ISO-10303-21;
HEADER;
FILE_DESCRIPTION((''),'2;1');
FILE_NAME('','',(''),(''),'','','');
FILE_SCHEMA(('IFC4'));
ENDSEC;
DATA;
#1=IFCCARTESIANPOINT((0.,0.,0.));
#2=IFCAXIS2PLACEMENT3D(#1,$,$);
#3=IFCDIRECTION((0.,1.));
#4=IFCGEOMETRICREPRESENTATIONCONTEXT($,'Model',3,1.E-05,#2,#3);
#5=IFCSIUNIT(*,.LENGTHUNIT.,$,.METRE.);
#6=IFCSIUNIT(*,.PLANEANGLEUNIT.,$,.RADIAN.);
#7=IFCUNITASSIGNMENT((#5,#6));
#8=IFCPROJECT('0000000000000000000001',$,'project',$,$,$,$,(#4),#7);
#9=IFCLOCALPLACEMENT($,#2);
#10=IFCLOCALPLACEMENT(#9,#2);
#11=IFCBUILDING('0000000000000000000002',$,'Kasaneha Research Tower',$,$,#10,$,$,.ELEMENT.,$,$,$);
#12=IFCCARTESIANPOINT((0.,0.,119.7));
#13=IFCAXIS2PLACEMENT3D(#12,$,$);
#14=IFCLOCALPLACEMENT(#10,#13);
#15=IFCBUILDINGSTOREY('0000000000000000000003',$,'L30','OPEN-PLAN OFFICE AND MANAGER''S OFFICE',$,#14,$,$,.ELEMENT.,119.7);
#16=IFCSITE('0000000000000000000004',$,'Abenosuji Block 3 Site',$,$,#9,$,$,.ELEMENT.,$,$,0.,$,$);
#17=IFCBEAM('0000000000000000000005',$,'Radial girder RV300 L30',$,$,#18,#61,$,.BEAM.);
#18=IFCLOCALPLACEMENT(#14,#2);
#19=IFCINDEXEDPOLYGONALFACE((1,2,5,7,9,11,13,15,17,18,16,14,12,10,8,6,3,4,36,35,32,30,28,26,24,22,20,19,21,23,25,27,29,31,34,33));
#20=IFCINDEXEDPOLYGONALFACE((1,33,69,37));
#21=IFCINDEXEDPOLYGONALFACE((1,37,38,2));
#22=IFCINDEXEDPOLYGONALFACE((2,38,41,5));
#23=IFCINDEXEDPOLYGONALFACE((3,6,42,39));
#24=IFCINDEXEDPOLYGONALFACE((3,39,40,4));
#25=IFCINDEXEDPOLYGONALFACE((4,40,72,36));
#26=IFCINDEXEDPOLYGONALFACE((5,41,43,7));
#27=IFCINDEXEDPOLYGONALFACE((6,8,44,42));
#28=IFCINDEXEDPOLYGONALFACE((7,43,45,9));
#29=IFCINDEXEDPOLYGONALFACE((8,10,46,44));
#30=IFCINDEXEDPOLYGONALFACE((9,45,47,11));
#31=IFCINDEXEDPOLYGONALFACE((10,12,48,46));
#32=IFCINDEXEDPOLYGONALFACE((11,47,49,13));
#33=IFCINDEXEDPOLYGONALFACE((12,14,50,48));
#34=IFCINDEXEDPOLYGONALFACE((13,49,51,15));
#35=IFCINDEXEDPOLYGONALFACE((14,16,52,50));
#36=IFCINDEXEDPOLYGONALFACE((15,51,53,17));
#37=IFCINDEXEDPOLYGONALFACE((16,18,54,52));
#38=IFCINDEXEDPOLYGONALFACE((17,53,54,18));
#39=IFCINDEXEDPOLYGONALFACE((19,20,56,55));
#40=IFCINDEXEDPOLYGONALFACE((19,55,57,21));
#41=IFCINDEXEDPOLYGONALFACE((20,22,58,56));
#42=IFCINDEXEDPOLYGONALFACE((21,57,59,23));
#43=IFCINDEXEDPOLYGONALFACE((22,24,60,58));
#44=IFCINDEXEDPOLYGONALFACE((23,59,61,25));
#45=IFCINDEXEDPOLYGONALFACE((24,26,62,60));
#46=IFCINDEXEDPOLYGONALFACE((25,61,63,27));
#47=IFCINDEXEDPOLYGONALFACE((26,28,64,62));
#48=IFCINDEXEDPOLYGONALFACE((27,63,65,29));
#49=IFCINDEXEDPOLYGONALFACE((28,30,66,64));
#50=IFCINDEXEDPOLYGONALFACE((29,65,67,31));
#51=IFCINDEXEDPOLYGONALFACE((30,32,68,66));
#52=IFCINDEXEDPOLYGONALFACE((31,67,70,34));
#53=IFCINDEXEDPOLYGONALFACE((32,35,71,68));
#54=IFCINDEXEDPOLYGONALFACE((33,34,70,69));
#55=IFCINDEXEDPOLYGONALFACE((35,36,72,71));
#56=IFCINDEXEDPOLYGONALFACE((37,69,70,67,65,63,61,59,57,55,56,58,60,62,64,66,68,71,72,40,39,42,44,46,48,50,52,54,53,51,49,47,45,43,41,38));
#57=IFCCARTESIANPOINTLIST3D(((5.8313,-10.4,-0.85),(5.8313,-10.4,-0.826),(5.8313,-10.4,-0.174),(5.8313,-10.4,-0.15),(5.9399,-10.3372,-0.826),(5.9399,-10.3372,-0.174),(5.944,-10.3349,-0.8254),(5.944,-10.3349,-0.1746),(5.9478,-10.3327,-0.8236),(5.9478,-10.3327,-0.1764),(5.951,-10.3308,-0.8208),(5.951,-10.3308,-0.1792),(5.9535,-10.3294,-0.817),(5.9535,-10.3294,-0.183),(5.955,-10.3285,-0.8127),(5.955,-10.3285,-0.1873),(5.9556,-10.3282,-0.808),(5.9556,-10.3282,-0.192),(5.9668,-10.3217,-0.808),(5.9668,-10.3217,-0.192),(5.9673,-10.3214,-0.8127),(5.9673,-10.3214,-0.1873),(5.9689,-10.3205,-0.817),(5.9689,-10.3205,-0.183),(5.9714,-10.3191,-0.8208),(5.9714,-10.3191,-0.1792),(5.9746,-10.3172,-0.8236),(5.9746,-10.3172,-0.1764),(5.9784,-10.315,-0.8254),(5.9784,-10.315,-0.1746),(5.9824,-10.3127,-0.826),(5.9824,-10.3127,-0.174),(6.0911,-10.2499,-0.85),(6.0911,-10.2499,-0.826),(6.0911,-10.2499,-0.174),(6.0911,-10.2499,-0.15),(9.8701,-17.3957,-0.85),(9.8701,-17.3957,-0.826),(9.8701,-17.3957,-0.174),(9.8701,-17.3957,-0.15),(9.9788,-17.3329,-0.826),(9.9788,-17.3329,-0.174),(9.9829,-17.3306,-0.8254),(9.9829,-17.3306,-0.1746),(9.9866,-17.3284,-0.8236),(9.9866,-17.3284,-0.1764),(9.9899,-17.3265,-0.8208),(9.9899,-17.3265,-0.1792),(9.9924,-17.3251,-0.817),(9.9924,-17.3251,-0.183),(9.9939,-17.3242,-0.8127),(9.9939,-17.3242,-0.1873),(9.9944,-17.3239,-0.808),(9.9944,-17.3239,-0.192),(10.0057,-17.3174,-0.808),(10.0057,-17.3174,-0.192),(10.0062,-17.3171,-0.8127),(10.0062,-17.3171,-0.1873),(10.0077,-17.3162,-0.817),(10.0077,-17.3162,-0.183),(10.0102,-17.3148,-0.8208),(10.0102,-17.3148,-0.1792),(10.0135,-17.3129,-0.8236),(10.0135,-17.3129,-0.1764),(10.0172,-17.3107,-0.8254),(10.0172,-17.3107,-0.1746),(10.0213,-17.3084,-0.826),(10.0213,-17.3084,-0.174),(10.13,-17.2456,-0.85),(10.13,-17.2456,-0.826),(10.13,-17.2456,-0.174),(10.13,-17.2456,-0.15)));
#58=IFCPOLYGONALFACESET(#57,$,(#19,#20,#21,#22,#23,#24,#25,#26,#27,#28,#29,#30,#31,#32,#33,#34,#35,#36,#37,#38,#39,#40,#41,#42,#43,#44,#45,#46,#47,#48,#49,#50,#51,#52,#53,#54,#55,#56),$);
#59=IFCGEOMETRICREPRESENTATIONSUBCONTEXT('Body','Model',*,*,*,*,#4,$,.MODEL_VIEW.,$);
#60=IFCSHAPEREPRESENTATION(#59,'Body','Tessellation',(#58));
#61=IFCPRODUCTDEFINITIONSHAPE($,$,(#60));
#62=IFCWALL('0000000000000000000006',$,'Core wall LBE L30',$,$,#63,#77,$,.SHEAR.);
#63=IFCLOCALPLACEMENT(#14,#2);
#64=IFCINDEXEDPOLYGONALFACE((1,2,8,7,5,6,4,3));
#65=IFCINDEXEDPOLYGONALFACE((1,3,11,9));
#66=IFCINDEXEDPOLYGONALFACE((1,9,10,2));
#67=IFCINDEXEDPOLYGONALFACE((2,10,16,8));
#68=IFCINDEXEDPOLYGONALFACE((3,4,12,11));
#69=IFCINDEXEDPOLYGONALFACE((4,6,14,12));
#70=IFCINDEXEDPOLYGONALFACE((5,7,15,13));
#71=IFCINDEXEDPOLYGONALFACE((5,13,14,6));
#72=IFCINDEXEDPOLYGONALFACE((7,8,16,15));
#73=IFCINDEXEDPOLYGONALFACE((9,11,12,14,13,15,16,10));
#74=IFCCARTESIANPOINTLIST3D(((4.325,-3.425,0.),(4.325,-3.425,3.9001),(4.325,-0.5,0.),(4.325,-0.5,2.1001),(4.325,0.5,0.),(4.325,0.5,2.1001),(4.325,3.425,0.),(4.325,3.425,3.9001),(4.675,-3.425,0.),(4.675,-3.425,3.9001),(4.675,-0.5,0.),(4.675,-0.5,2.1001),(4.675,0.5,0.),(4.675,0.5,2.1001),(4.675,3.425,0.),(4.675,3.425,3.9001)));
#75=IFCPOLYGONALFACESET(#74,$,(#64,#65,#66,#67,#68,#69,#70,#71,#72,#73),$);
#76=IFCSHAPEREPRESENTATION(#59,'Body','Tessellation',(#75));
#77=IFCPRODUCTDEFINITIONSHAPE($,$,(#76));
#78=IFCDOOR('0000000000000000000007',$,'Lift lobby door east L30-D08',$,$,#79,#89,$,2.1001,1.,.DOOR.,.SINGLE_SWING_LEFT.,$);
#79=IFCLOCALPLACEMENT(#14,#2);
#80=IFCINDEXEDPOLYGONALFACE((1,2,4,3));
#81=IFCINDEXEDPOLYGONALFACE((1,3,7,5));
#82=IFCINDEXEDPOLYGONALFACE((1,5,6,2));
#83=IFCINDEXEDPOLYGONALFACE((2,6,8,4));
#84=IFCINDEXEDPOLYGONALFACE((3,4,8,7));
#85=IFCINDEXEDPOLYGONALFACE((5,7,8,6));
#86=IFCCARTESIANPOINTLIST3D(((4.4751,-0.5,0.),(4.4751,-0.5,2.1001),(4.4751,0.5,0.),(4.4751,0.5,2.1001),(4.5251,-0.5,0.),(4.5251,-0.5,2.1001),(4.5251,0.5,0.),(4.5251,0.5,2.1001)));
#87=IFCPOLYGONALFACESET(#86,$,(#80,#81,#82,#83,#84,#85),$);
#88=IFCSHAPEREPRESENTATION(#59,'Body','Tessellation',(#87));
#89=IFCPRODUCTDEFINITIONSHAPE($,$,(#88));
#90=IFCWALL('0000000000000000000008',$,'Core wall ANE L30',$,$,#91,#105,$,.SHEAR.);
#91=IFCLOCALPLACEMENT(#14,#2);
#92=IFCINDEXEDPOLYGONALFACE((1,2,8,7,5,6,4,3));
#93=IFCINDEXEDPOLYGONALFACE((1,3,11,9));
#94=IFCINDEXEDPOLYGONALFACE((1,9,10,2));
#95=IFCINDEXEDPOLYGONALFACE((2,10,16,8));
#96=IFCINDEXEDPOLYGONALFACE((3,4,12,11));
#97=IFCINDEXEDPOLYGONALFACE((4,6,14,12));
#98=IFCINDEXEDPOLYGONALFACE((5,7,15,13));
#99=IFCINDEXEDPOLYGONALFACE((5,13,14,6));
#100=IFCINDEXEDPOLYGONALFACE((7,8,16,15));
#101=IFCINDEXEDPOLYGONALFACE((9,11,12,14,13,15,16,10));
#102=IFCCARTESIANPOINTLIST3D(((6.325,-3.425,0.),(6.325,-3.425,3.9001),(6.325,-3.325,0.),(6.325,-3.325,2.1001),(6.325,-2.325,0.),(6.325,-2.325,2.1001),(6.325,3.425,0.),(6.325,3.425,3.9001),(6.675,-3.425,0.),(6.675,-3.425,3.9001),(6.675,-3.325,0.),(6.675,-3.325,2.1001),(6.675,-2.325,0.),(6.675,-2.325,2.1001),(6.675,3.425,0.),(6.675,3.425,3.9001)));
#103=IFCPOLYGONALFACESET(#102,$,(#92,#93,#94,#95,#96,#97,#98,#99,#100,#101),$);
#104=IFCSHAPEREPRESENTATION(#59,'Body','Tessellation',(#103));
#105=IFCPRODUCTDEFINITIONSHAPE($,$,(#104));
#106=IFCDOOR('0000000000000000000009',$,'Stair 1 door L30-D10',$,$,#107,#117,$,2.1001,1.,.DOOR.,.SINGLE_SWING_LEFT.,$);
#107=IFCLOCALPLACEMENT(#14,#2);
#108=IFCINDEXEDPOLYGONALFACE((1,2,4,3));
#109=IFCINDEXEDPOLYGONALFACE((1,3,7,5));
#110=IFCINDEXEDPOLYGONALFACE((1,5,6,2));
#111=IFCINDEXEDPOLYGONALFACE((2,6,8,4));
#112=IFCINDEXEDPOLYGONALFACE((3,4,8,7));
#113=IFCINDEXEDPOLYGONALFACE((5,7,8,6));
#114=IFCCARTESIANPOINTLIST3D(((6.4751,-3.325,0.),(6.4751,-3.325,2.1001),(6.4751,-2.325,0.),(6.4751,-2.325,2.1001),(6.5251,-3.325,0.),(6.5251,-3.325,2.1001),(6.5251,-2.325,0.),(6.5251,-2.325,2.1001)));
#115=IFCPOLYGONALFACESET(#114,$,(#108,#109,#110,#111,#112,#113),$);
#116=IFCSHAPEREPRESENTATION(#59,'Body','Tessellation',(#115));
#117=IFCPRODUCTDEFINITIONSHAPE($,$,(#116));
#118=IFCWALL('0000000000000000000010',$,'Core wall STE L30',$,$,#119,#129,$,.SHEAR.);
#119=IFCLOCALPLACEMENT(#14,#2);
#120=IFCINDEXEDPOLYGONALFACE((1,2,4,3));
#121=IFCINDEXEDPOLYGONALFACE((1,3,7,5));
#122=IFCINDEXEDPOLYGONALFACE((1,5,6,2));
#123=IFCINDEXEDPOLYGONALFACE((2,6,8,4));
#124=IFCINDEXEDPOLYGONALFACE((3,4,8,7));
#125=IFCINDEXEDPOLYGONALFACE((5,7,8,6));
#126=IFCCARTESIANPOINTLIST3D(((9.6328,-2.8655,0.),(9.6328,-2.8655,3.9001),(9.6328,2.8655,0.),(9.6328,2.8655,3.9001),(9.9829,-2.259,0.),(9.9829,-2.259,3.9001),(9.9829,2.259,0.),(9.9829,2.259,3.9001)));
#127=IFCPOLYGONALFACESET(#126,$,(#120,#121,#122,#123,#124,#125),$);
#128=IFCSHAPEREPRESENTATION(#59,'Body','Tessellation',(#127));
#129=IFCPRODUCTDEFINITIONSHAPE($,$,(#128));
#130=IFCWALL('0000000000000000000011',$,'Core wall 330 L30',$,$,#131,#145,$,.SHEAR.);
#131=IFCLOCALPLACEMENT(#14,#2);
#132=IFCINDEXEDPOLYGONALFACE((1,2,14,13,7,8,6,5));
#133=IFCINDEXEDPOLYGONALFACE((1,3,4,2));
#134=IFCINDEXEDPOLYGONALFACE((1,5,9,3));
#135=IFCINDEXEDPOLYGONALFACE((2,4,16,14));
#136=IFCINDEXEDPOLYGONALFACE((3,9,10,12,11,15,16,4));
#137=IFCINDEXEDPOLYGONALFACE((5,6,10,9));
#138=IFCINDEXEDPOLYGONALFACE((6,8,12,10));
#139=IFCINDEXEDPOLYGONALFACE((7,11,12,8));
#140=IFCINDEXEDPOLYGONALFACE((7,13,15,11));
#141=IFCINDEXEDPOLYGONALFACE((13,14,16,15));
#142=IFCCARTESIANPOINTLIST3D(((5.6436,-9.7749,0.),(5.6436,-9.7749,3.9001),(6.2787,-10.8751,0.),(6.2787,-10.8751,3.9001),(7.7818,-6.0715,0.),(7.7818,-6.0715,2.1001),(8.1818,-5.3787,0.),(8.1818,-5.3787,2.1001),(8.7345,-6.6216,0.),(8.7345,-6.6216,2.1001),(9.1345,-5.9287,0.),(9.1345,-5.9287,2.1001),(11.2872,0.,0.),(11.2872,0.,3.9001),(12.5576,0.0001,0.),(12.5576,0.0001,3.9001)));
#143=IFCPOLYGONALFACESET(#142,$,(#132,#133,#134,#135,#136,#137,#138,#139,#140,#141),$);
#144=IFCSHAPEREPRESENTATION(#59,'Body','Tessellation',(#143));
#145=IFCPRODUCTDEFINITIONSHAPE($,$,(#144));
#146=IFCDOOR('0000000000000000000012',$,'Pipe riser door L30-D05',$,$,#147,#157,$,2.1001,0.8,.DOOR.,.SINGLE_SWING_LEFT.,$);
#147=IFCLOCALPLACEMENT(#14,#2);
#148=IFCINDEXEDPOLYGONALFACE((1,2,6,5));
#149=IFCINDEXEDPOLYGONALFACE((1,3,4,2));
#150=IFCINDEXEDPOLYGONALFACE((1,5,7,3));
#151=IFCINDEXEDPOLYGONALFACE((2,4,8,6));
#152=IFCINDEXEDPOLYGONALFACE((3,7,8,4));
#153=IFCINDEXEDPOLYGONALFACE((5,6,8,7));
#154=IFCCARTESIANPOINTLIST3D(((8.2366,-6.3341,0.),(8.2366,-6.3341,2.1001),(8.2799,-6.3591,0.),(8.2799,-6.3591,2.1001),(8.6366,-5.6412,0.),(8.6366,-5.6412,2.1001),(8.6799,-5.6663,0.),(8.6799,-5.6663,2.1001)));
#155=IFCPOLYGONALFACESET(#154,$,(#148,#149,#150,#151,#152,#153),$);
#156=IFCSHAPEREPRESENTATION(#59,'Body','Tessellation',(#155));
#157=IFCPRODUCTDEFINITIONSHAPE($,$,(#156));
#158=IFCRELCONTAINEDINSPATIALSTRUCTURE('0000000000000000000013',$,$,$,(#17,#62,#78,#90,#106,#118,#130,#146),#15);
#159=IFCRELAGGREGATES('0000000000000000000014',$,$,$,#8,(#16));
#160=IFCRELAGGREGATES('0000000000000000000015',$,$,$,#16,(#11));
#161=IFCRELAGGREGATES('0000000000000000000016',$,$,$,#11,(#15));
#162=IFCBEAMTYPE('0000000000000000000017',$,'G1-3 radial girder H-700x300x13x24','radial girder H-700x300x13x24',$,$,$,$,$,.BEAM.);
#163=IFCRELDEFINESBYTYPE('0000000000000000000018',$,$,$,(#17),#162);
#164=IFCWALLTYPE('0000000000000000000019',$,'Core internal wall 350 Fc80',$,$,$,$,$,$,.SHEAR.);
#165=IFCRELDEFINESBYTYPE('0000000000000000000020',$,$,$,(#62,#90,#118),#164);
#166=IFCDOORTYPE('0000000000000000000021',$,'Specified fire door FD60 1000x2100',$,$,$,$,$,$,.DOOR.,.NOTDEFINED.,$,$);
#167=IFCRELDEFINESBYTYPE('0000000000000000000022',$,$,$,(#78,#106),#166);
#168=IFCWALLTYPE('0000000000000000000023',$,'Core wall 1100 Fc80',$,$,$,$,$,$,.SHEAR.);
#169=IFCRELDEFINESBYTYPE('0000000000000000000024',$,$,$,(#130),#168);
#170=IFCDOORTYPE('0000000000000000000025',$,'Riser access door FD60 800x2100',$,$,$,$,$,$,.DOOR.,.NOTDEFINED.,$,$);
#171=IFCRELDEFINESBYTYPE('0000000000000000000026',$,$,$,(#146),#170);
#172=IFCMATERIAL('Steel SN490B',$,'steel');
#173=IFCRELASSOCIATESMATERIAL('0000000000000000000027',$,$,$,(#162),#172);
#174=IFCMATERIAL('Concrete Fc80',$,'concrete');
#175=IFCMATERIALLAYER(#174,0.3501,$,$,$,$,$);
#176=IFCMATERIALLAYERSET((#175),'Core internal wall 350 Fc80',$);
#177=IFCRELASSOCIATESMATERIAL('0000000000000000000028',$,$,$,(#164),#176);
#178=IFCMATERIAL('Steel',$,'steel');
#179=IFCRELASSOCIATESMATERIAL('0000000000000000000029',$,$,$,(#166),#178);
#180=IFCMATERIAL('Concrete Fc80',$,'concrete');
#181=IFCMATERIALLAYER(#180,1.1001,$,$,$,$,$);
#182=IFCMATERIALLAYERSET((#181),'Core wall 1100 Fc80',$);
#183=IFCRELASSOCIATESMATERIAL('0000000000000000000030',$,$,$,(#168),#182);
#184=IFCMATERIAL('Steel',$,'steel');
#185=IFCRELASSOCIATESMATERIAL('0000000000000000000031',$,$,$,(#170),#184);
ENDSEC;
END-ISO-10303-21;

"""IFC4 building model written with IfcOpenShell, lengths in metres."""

from ifc_helpers import new_model, si_unit, direction, frame, frame_2d, origin, origin_2d, place, context, subcontext, project, spatial, polyline, rectangle, i_section, outline, extrude, material, layer, layer_set, material_profile, profile_set, type_object, element, fill, save


model = new_model("IFC4")

# Units and contexts
model_context = context("Model", 3, precision=1e-05, world=origin(), true_north=direction((0.0, 1.0)))
body_context = subcontext(model_context, "Body", "Model", "MODEL_VIEW")
ifc_project = project(units=[si_unit("LENGTHUNIT", "METRE"), si_unit("PLANEANGLEUNIT", "RADIAN")], contexts=[model_context])

# Site, building, storey
site_placement = place(None, origin())
site = spatial("IfcSite", under=ifc_project, at=site_placement, Name="Abenosuji Block 3 Site", CompositionType="ELEMENT", RefElevation=0.0)
building_placement = place(site_placement, origin())
building = spatial("IfcBuilding", under=site, at=building_placement, Name="Kasaneha Research Tower", CompositionType="ELEMENT")
storey_placement = place(building_placement, frame((0.0, 0.0, 119.7)))
storey = spatial("IfcBuildingStorey", under=building, at=storey_placement, Name="L30", Description="OPEN-PLAN OFFICE AND MANAGER'S OFFICE", CompositionType="ELEMENT", Elevation=119.7)

# Beam
ifc_material_1 = material(Name="Steel SN490B", Category="steel")
ifc_material_profile_1 = material_profile(ifc_material_1, i_section(OverallWidth=0.3, OverallDepth=0.7, WebThickness=0.0129, FlangeThickness=0.0239, FilletRadius=0.0181, at=origin_2d()), Name="H-700x300x13x24")
ifc_profile_set_1 = profile_set([ifc_material_profile_1], Name="Steel SN490B")
beam_type_1 = type_object("IfcBeamType", Name="G1-3 radial girder H-700x300x13x24", Description="radial girder H-700x300x13x24", PredefinedType="BEAM", material=ifc_profile_set_1)
beam_1_placement = place(storey_placement, frame((5.9612, -10.325, -0.5), z_axis=(0.499991, -0.866031, 0.0), x_axis=(0.866031, 0.499991, 0.0)))
element("IfcBeam", 1, at=beam_1_placement, inside=storey, type_object=beam_type_1, Name="Radial girder RV300 L30", PredefinedType="BEAM", context=body_context, shape_type="SweptSolid", body=[
    extrude(i_section(OverallWidth=0.3, OverallDepth=0.7, WebThickness=0.0129, FlangeThickness=0.0239, FilletRadius=0.0181, at=origin_2d()), origin(), (0.0, 0.0, 1.0), 8.0779),
])

# Walls, openings, doors
ifc_material_2 = material(Name="Concrete Fc80", Category="concrete")
ifc_layer_1 = layer(ifc_material_2, 0.3501)
ifc_layer_set_1 = layer_set([ifc_layer_1], Name="Core internal wall 350 Fc80")
wall_type_1 = type_object("IfcWallType", Name="Core internal wall 350 Fc80", PredefinedType="SHEAR", material=ifc_layer_set_1)
wall_1_placement = place(storey_placement, frame((4.5, -3.425, 0.0), z_axis=(0.0, 0.0, 1.0), x_axis=(0.0, 1.0, 0.0)))
wall_1 = element("IfcWall", 2, at=wall_1_placement, inside=storey, type_object=wall_type_1, Name="Core wall LBE L30", PredefinedType="SHEAR", context=body_context, shape_type="SweptSolid", body=[
    extrude(rectangle(XDim=6.8501, YDim=0.3501, at=frame_2d((3.425, 0.0))), origin(), (0.0, 0.0, 1.0), 3.9001),
])
opening_1_placement = place(wall_1_placement, frame((2.925, 0.0, 0.0)))
opening_1 = element("IfcOpeningElement", 3, at=opening_1_placement, cuts=wall_1, PredefinedType="OPENING", context=body_context, shape_type="SweptSolid", body=[
    extrude(rectangle(XDim=1.0, YDim=2.1001, at=frame_2d((0.5, 1.05))), frame((0.0, 0.1851, 0.0), z_axis=(0.0, -1.0, 0.0), x_axis=(1.0, 0.0, 0.0)), (0.0, 0.0, 1.0), 0.3701),
])
ifc_material_3 = material(Name="Steel", Category="steel")
door_type_1 = type_object("IfcDoorType", Name="Specified fire door FD60 1000x2100", OperationType="NOTDEFINED", PredefinedType="DOOR", material=ifc_material_3)
door_1_placement = place(opening_1_placement, origin())
door_1 = element("IfcDoor", 4, at=door_1_placement, inside=storey, type_object=door_type_1, Name="Lift lobby door east L30-D08", OperationType="SINGLE_SWING_LEFT", OverallHeight=2.1001, OverallWidth=1.0, PredefinedType="DOOR", context=body_context, shape_type="SweptSolid", body=[
    extrude(rectangle(XDim=1.0, YDim=2.1001, at=frame_2d((0.5, 1.05))), frame((0.0, 0.0249, 0.0), z_axis=(0.0, -1.0, 0.0), x_axis=(1.0, 0.0, 0.0)), (0.0, 0.0, 1.0), 0.05),
])
fill(opening_1, door_1)
wall_2_placement = place(storey_placement, frame((6.5, -3.425, 0.0), z_axis=(0.0, 0.0, 1.0), x_axis=(0.0, 1.0, 0.0)))
wall_2 = element("IfcWall", 5, at=wall_2_placement, inside=storey, type_object=wall_type_1, Name="Core wall ANE L30", PredefinedType="SHEAR", context=body_context, shape_type="SweptSolid", body=[
    extrude(rectangle(XDim=6.8501, YDim=0.3501, at=frame_2d((3.425, 0.0))), origin(), (0.0, 0.0, 1.0), 3.9001),
])
opening_2_placement = place(wall_2_placement, frame((0.1001, 0.0, 0.0)))
opening_2 = element("IfcOpeningElement", 6, at=opening_2_placement, cuts=wall_2, PredefinedType="OPENING", context=body_context, shape_type="SweptSolid", body=[
    extrude(rectangle(XDim=1.0, YDim=2.1001, at=frame_2d((0.5, 1.05))), frame((0.0, 0.1851, 0.0), z_axis=(0.0, -1.0, 0.0), x_axis=(1.0, 0.0, 0.0)), (0.0, 0.0, 1.0), 0.3701),
])
door_2_placement = place(opening_2_placement, origin())
door_2 = element("IfcDoor", 7, at=door_2_placement, inside=storey, type_object=door_type_1, Name="Stair 1 door L30-D10", OperationType="SINGLE_SWING_LEFT", OverallHeight=2.1001, OverallWidth=1.0, PredefinedType="DOOR", context=body_context, shape_type="SweptSolid", body=[
    extrude(rectangle(XDim=1.0, YDim=2.1001, at=frame_2d((0.5, 1.05))), frame((0.0, 0.0249, 0.0), z_axis=(0.0, -1.0, 0.0), x_axis=(1.0, 0.0, 0.0)), (0.0, 0.0, 1.0), 0.05),
])
fill(opening_2, door_2)

# Wall
wall_3_placement = place(storey_placement, frame((9.8079, -2.5623, 0.0), z_axis=(0.0, 0.0, 1.0), x_axis=(0.0, 1.0, 0.0)))
element("IfcWall", 8, at=wall_3_placement, inside=storey, type_object=wall_type_1, Name="Core wall STE L30", PredefinedType="SHEAR", context=body_context, shape_type="SweptSolid", body=[
    extrude(outline(polyline([(0.3032, -0.175), (4.8213, -0.175), (5.4277, 0.175), (-0.3032, 0.175), (0.3032, -0.175)])), origin(), (0.0, 0.0, 1.0), 3.9001),
])

# Wall, opening, door
ifc_material_4 = material(Name="Concrete Fc80", Category="concrete")
ifc_layer_2 = layer(ifc_material_4, 1.1001)
ifc_layer_set_2 = layer_set([ifc_layer_2], Name="Core wall 1100 Fc80")
wall_type_2 = type_object("IfcWallType", Name="Core wall 1100 Fc80", PredefinedType="SHEAR", material=ifc_layer_set_2)
wall_4_placement = place(storey_placement, frame((5.9612, -10.325, 0.0), z_axis=(0.0, 0.0, 1.0), x_axis=(0.500004, 0.866023, 0.0)))
wall_4 = element("IfcWall", 9, at=wall_4_placement, inside=storey, type_object=wall_type_2, Name="Core wall 330 L30", PredefinedType="SHEAR", context=body_context, shape_type="SweptSolid", body=[
    extrude(outline(polyline([(-0.3176, -0.55), (4.594, -0.55), (5.394, -0.55), (12.24, -0.55), (11.6047, 0.55), (5.394, 0.55), (4.594, 0.55), (0.3176, 0.55), (-0.3176, -0.55)])), origin(), (0.0, 0.0, 1.0), 3.9001),
])
opening_3_placement = place(wall_4_placement, frame((4.594, 0.0, 0.0)))
opening_3 = element("IfcOpeningElement", 10, at=opening_3_placement, cuts=wall_4, PredefinedType="OPENING", context=body_context, shape_type="SweptSolid", body=[
    extrude(rectangle(XDim=0.8, YDim=2.1001, at=frame_2d((0.3999, 1.05))), frame((0.0, 0.5601, 0.0), z_axis=(0.0, -1.0, 0.0), x_axis=(1.0, 0.0, 0.0)), (0.0, 0.0, 1.0), 1.1201),
])
ifc_material_5 = material(Name="Steel", Category="steel")
door_type_2 = type_object("IfcDoorType", Name="Riser access door FD60 800x2100", OperationType="NOTDEFINED", PredefinedType="DOOR", material=ifc_material_5)
door_3_placement = place(opening_3_placement, origin())
door_3 = element("IfcDoor", 11, at=door_3_placement, inside=storey, type_object=door_type_2, Name="Pipe riser door L30-D05", OperationType="SINGLE_SWING_LEFT", OverallHeight=2.1001, OverallWidth=0.8, PredefinedType="DOOR", context=body_context, shape_type="SweptSolid", body=[
    extrude(rectangle(XDim=0.8, YDim=2.1001, at=frame_2d((0.3999, 1.05))), frame((0.0, 0.0249, 0.0), z_axis=(0.0, -1.0, 0.0), x_axis=(1.0, 0.0, 0.0)), (0.0, 0.0, 1.0), 0.05),
])
fill(opening_3, door_3)

save(model, "model.ifc")
